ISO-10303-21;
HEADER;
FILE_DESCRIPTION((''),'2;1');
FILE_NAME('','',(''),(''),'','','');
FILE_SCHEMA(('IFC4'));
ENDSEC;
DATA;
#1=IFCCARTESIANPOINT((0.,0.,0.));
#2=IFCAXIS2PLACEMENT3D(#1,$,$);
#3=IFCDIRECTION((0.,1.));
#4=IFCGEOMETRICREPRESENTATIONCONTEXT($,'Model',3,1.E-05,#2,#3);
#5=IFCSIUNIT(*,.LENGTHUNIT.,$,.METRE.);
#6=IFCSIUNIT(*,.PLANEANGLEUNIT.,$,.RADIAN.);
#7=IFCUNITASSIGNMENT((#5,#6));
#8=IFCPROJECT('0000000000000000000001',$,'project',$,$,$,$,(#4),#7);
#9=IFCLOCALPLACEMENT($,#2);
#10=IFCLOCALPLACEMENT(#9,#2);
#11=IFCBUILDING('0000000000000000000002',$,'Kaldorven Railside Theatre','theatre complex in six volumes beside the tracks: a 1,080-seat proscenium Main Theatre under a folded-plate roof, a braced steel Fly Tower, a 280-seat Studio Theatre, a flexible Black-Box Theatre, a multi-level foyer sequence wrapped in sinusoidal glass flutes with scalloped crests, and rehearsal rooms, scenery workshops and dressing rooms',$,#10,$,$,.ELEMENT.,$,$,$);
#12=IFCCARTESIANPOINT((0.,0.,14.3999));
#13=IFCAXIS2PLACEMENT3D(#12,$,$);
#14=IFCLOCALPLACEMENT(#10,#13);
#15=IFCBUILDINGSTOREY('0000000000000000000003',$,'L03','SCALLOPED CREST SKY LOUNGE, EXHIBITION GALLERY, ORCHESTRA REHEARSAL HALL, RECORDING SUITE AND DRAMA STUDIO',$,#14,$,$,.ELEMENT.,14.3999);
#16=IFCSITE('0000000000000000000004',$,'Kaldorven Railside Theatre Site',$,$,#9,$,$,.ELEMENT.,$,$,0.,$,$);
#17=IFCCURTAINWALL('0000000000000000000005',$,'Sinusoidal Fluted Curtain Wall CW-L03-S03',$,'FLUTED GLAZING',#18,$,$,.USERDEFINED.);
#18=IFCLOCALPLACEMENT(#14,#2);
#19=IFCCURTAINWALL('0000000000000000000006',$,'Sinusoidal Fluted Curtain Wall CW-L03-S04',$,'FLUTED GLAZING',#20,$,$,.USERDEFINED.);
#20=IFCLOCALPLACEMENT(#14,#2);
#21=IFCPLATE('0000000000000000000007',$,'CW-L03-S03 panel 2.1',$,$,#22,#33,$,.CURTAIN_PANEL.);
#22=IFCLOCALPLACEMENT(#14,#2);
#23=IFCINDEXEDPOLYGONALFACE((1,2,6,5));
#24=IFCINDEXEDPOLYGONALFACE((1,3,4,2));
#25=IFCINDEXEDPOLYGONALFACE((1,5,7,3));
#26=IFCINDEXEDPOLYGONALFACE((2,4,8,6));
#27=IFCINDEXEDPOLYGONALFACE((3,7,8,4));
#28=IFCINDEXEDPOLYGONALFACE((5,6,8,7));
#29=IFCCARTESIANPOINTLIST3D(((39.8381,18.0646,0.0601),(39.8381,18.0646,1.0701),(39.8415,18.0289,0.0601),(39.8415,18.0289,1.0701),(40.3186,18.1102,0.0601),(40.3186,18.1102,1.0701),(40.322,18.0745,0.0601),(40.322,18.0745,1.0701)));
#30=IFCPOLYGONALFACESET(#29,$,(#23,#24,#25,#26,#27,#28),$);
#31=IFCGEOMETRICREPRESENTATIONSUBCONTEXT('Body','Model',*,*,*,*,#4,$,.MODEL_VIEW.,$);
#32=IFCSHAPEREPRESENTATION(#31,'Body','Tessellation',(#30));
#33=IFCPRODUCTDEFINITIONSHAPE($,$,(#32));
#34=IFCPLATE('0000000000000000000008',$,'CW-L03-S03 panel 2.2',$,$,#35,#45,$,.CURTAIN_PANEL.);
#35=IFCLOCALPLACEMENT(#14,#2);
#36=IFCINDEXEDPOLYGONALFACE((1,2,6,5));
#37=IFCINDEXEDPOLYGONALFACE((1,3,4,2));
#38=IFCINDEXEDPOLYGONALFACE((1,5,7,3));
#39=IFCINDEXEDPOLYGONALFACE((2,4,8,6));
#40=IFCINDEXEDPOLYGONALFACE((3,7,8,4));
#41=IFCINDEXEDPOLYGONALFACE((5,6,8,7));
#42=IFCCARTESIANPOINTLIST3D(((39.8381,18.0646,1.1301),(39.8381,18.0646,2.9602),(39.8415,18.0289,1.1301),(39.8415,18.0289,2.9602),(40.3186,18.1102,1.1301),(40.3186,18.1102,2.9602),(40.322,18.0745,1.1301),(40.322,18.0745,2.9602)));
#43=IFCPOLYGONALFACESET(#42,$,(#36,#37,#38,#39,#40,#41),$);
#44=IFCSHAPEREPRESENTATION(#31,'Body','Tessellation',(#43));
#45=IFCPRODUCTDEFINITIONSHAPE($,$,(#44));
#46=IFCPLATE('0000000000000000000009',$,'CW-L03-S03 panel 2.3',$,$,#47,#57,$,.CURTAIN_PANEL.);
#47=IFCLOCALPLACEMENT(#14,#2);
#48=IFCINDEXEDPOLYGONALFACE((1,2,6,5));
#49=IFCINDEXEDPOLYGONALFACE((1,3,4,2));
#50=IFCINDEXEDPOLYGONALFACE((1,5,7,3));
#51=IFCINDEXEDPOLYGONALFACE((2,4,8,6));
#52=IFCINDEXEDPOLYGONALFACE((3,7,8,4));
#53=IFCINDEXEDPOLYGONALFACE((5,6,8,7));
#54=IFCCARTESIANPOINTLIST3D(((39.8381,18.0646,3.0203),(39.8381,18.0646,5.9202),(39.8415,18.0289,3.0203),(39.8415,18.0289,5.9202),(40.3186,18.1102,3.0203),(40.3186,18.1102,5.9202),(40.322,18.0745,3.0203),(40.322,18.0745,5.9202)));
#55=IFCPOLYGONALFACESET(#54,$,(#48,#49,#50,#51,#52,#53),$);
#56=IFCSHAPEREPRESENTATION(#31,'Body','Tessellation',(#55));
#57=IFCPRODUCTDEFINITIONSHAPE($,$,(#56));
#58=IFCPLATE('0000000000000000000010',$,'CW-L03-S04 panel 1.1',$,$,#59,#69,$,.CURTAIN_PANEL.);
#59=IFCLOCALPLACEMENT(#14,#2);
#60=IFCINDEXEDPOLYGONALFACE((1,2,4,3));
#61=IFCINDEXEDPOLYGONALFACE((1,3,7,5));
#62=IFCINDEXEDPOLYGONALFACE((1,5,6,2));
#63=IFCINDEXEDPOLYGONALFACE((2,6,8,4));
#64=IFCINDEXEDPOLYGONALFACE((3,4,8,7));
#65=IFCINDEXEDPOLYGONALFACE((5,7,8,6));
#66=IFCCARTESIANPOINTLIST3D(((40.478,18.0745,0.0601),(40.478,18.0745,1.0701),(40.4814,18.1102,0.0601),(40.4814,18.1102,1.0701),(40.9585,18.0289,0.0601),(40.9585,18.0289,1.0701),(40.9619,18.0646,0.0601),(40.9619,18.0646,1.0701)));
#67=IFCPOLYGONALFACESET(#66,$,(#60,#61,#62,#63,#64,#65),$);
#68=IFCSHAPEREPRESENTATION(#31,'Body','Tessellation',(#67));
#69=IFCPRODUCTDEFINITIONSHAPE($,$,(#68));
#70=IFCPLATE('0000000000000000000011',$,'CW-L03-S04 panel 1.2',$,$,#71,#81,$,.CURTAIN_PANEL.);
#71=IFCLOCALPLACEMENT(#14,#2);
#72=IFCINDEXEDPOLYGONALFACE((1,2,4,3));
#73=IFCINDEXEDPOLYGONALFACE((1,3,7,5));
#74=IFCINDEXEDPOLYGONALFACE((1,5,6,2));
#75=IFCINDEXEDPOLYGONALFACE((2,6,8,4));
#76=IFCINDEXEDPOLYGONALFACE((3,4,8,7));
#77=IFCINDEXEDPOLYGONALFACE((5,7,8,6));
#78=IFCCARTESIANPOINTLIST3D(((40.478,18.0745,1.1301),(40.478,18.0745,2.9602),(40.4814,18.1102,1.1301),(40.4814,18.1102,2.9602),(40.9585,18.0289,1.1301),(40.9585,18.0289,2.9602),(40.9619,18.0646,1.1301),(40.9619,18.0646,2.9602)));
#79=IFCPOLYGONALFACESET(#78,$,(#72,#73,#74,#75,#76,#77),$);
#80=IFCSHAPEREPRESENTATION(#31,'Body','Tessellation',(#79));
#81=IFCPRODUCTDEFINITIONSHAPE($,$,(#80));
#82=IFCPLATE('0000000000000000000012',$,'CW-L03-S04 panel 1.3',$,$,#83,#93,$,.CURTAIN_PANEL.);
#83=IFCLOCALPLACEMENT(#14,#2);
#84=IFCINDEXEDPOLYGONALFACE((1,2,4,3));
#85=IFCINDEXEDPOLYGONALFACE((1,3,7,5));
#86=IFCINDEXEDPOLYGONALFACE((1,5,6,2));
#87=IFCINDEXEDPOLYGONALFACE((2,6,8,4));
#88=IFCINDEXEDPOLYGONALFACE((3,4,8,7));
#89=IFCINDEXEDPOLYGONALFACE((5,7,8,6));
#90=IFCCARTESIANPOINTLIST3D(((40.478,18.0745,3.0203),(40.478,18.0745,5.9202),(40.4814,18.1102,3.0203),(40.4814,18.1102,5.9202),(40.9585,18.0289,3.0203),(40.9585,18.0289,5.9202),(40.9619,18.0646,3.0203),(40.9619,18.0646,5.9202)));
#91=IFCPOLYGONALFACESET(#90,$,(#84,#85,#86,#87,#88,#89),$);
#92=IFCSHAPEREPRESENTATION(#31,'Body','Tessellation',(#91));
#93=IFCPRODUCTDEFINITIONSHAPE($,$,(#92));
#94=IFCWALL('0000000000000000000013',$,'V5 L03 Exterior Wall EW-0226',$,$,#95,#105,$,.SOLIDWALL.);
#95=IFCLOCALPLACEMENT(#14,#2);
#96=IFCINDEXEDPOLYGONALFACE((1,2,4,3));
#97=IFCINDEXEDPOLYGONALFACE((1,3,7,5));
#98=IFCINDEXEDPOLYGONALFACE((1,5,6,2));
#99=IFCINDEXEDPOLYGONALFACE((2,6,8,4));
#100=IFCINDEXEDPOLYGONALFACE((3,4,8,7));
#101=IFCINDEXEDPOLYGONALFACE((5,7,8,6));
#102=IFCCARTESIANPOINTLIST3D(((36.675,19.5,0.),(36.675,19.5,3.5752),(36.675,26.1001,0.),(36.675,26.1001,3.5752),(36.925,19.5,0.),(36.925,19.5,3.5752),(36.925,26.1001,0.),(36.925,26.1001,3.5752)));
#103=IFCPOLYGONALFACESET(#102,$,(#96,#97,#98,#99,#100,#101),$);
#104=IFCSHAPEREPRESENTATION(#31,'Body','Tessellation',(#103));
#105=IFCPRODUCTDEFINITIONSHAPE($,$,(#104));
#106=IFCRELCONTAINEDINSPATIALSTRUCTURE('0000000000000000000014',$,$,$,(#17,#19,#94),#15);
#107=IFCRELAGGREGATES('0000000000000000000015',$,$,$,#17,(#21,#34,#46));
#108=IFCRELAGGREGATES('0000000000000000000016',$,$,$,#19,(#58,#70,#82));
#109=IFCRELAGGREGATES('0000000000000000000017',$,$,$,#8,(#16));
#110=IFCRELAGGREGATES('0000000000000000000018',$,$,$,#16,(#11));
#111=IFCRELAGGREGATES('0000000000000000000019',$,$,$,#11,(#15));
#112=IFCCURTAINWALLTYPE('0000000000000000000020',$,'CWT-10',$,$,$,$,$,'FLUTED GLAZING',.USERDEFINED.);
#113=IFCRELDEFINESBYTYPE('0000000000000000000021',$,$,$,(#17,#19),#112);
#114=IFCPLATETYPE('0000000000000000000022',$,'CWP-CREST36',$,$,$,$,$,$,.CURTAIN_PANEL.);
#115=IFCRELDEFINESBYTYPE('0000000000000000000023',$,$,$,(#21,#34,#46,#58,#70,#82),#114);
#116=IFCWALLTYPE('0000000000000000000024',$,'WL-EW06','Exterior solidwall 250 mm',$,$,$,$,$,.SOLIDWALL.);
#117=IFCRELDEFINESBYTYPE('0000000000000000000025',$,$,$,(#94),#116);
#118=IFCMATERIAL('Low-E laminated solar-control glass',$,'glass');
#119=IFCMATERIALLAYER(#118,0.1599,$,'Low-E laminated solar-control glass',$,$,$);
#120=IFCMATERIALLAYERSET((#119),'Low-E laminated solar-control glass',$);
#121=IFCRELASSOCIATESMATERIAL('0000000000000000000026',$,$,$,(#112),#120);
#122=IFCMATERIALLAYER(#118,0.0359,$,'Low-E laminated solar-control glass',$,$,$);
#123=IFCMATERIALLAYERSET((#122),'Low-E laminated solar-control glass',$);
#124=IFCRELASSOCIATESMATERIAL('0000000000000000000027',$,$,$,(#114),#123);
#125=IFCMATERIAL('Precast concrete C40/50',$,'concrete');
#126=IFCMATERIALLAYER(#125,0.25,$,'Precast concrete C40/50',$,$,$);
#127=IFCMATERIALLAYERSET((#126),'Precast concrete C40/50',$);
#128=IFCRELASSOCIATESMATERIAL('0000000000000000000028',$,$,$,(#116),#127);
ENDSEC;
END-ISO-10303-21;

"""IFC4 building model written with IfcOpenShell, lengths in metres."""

from ifc_helpers import new_model, si_unit, direction, frame, frame_2d, origin, origin_2d, place, context, subcontext, project, spatial, rectangle, extrude, material, layer, layer_set, type_object, element, aggregate, save


model = new_model("IFC4")

# Units and contexts
model_context = context("Model", 3, precision=1e-05, world=origin(), true_north=direction((0.0, 1.0)))
body_context = subcontext(model_context, "Body", "Model", "MODEL_VIEW")
ifc_project = project(units=[si_unit("LENGTHUNIT", "METRE"), si_unit("PLANEANGLEUNIT", "RADIAN")], contexts=[model_context])

# Site, building, storey
site_placement = place(None, origin())
site = spatial("IfcSite", under=ifc_project, at=site_placement, Name="Kaldorven Railside Theatre Site", CompositionType="ELEMENT", RefElevation=0.0)
building_placement = place(site_placement, origin())
building = spatial("IfcBuilding", under=site, at=building_placement, Name="Kaldorven Railside Theatre", Description="theatre complex in six volumes beside the tracks: a 1,080-seat proscenium Main Theatre under a folded-plate roof, a braced steel Fly Tower, a 280-seat Studio Theatre, a flexible Black-Box Theatre, a multi-level foyer sequence wrapped in sinusoidal glass flutes with scalloped crests, and rehearsal rooms, scenery workshops and dressing rooms", CompositionType="ELEMENT")
storey_placement = place(building_placement, frame((0.0, 0.0, 14.3999)))
storey = spatial("IfcBuildingStorey", under=building, at=storey_placement, Name="L03", Description="SCALLOPED CREST SKY LOUNGE, EXHIBITION GALLERY, ORCHESTRA REHEARSAL HALL, RECORDING SUITE AND DRAMA STUDIO", CompositionType="ELEMENT", Elevation=14.3999)

# Curtain walls
ifc_material_1 = material(Name="Low-E laminated solar-control glass", Category="glass")
ifc_layer_1 = layer(ifc_material_1, 0.1599, Name="Low-E laminated solar-control glass")
ifc_layer_set_1 = layer_set([ifc_layer_1], Name="Low-E laminated solar-control glass")
curtain_wall_type = type_object("IfcCurtainWallType", Name="CWT-10", ElementType="FLUTED GLAZING", PredefinedType="USERDEFINED", material=ifc_layer_set_1)
curtain_wall_1_placement = place(storey_placement, origin())
curtain_wall_1 = element("IfcCurtainWall", 1, at=curtain_wall_1_placement, inside=storey, type_object=curtain_wall_type, Name="Sinusoidal Fluted Curtain Wall CW-L03-S03", ObjectType="FLUTED GLAZING", PredefinedType="USERDEFINED")
curtain_wall_2_placement = place(storey_placement, origin())
curtain_wall_2 = element("IfcCurtainWall", 2, at=curtain_wall_2_placement, inside=storey, type_object=curtain_wall_type, Name="Sinusoidal Fluted Curtain Wall CW-L03-S04", ObjectType="FLUTED GLAZING", PredefinedType="USERDEFINED")

# Plates
ifc_layer_2 = layer(ifc_material_1, 0.0359, Name="Low-E laminated solar-control glass")
ifc_layer_set_2 = layer_set([ifc_layer_2], Name="Low-E laminated solar-control glass")
plate_type = type_object("IfcPlateType", Name="CWP-CREST36", PredefinedType="CURTAIN_PANEL", material=ifc_layer_set_2)
plate_1_placement = place(storey_placement, frame((40.0801, 18.0696, 0.0601), z_axis=(0.0, 0.0, 1.0), x_axis=(0.995526, 0.094492, 0.0)))
plate_1 = element("IfcPlate", 3, at=plate_1_placement, type_object=plate_type, Name="CW-L03-S03 panel 2.1", PredefinedType="CURTAIN_PANEL", context=body_context, shape_type="SweptSolid", body=[
    extrude(rectangle(XDim=0.4827, YDim=0.0359, at=origin_2d()), origin(), (0.0, 0.0, 1.0), 1.01),
])
plate_2_placement = place(storey_placement, frame((40.0801, 18.0696, 1.1301), z_axis=(0.0, 0.0, 1.0), x_axis=(0.995526, 0.094492, 0.0)))
plate_2 = element("IfcPlate", 4, at=plate_2_placement, type_object=plate_type, Name="CW-L03-S03 panel 2.2", PredefinedType="CURTAIN_PANEL", context=body_context, shape_type="SweptSolid", body=[
    extrude(rectangle(XDim=0.4827, YDim=0.0359, at=origin_2d()), origin(), (0.0, 0.0, 1.0), 1.8301),
])
plate_3_placement = place(storey_placement, frame((40.0801, 18.0696, 3.0203), z_axis=(0.0, 0.0, 1.0), x_axis=(0.995526, 0.094492, 0.0)))
plate_3 = element("IfcPlate", 5, at=plate_3_placement, type_object=plate_type, Name="CW-L03-S03 panel 2.3", PredefinedType="CURTAIN_PANEL", context=body_context, shape_type="SweptSolid", body=[
    extrude(rectangle(XDim=0.4827, YDim=0.0359, at=origin_2d()), origin(), (0.0, 0.0, 1.0), 2.8999),
])
aggregate(curtain_wall_1, [plate_1, plate_2, plate_3])
plate_4_placement = place(storey_placement, frame((40.72, 18.0696, 0.0601), z_axis=(0.0, 0.0, 1.0), x_axis=(0.995526, -0.094492, 0.0)))
plate_4 = element("IfcPlate", 6, at=plate_4_placement, type_object=plate_type, Name="CW-L03-S04 panel 1.1", PredefinedType="CURTAIN_PANEL", context=body_context, shape_type="SweptSolid", body=[
    extrude(rectangle(XDim=0.4827, YDim=0.0359, at=origin_2d()), origin(), (0.0, 0.0, 1.0), 1.01),
])
plate_5_placement = place(storey_placement, frame((40.72, 18.0696, 1.1301), z_axis=(0.0, 0.0, 1.0), x_axis=(0.995526, -0.094492, 0.0)))
plate_5 = element("IfcPlate", 7, at=plate_5_placement, type_object=plate_type, Name="CW-L03-S04 panel 1.2", PredefinedType="CURTAIN_PANEL", context=body_context, shape_type="SweptSolid", body=[
    extrude(rectangle(XDim=0.4827, YDim=0.0359, at=origin_2d()), origin(), (0.0, 0.0, 1.0), 1.8301),
])
plate_6_placement = place(storey_placement, frame((40.72, 18.0696, 3.0203), z_axis=(0.0, 0.0, 1.0), x_axis=(0.995526, -0.094492, 0.0)))
plate_6 = element("IfcPlate", 8, at=plate_6_placement, type_object=plate_type, Name="CW-L03-S04 panel 1.3", PredefinedType="CURTAIN_PANEL", context=body_context, shape_type="SweptSolid", body=[
    extrude(rectangle(XDim=0.4827, YDim=0.0359, at=origin_2d()), origin(), (0.0, 0.0, 1.0), 2.8999),
])
aggregate(curtain_wall_2, [plate_4, plate_5, plate_6])

# Wall
ifc_material_2 = material(Name="Precast concrete C40/50", Category="concrete")
ifc_layer_3 = layer(ifc_material_2, 0.25, Name="Precast concrete C40/50")
ifc_layer_set_3 = layer_set([ifc_layer_3], Name="Precast concrete C40/50")
wall_type = type_object("IfcWallType", Name="WL-EW06", Description="Exterior solidwall 250 mm", PredefinedType="SOLIDWALL", material=ifc_layer_set_3)
wall_placement = place(storey_placement, frame((36.8, 19.5, 0.0), z_axis=(0.0, 0.0, 1.0), x_axis=(0.0, 1.0, 0.0)))
element("IfcWall", 9, at=wall_placement, inside=storey, type_object=wall_type, Name="V5 L03 Exterior Wall EW-0226", PredefinedType="SOLIDWALL", context=body_context, shape_type="SweptSolid", body=[
    extrude(rectangle(XDim=6.6001, YDim=0.25, at=frame_2d((3.3, 0.0))), origin(), (0.0, 0.0, 1.0), 3.5752),
])

save(model, "model.ifc")
